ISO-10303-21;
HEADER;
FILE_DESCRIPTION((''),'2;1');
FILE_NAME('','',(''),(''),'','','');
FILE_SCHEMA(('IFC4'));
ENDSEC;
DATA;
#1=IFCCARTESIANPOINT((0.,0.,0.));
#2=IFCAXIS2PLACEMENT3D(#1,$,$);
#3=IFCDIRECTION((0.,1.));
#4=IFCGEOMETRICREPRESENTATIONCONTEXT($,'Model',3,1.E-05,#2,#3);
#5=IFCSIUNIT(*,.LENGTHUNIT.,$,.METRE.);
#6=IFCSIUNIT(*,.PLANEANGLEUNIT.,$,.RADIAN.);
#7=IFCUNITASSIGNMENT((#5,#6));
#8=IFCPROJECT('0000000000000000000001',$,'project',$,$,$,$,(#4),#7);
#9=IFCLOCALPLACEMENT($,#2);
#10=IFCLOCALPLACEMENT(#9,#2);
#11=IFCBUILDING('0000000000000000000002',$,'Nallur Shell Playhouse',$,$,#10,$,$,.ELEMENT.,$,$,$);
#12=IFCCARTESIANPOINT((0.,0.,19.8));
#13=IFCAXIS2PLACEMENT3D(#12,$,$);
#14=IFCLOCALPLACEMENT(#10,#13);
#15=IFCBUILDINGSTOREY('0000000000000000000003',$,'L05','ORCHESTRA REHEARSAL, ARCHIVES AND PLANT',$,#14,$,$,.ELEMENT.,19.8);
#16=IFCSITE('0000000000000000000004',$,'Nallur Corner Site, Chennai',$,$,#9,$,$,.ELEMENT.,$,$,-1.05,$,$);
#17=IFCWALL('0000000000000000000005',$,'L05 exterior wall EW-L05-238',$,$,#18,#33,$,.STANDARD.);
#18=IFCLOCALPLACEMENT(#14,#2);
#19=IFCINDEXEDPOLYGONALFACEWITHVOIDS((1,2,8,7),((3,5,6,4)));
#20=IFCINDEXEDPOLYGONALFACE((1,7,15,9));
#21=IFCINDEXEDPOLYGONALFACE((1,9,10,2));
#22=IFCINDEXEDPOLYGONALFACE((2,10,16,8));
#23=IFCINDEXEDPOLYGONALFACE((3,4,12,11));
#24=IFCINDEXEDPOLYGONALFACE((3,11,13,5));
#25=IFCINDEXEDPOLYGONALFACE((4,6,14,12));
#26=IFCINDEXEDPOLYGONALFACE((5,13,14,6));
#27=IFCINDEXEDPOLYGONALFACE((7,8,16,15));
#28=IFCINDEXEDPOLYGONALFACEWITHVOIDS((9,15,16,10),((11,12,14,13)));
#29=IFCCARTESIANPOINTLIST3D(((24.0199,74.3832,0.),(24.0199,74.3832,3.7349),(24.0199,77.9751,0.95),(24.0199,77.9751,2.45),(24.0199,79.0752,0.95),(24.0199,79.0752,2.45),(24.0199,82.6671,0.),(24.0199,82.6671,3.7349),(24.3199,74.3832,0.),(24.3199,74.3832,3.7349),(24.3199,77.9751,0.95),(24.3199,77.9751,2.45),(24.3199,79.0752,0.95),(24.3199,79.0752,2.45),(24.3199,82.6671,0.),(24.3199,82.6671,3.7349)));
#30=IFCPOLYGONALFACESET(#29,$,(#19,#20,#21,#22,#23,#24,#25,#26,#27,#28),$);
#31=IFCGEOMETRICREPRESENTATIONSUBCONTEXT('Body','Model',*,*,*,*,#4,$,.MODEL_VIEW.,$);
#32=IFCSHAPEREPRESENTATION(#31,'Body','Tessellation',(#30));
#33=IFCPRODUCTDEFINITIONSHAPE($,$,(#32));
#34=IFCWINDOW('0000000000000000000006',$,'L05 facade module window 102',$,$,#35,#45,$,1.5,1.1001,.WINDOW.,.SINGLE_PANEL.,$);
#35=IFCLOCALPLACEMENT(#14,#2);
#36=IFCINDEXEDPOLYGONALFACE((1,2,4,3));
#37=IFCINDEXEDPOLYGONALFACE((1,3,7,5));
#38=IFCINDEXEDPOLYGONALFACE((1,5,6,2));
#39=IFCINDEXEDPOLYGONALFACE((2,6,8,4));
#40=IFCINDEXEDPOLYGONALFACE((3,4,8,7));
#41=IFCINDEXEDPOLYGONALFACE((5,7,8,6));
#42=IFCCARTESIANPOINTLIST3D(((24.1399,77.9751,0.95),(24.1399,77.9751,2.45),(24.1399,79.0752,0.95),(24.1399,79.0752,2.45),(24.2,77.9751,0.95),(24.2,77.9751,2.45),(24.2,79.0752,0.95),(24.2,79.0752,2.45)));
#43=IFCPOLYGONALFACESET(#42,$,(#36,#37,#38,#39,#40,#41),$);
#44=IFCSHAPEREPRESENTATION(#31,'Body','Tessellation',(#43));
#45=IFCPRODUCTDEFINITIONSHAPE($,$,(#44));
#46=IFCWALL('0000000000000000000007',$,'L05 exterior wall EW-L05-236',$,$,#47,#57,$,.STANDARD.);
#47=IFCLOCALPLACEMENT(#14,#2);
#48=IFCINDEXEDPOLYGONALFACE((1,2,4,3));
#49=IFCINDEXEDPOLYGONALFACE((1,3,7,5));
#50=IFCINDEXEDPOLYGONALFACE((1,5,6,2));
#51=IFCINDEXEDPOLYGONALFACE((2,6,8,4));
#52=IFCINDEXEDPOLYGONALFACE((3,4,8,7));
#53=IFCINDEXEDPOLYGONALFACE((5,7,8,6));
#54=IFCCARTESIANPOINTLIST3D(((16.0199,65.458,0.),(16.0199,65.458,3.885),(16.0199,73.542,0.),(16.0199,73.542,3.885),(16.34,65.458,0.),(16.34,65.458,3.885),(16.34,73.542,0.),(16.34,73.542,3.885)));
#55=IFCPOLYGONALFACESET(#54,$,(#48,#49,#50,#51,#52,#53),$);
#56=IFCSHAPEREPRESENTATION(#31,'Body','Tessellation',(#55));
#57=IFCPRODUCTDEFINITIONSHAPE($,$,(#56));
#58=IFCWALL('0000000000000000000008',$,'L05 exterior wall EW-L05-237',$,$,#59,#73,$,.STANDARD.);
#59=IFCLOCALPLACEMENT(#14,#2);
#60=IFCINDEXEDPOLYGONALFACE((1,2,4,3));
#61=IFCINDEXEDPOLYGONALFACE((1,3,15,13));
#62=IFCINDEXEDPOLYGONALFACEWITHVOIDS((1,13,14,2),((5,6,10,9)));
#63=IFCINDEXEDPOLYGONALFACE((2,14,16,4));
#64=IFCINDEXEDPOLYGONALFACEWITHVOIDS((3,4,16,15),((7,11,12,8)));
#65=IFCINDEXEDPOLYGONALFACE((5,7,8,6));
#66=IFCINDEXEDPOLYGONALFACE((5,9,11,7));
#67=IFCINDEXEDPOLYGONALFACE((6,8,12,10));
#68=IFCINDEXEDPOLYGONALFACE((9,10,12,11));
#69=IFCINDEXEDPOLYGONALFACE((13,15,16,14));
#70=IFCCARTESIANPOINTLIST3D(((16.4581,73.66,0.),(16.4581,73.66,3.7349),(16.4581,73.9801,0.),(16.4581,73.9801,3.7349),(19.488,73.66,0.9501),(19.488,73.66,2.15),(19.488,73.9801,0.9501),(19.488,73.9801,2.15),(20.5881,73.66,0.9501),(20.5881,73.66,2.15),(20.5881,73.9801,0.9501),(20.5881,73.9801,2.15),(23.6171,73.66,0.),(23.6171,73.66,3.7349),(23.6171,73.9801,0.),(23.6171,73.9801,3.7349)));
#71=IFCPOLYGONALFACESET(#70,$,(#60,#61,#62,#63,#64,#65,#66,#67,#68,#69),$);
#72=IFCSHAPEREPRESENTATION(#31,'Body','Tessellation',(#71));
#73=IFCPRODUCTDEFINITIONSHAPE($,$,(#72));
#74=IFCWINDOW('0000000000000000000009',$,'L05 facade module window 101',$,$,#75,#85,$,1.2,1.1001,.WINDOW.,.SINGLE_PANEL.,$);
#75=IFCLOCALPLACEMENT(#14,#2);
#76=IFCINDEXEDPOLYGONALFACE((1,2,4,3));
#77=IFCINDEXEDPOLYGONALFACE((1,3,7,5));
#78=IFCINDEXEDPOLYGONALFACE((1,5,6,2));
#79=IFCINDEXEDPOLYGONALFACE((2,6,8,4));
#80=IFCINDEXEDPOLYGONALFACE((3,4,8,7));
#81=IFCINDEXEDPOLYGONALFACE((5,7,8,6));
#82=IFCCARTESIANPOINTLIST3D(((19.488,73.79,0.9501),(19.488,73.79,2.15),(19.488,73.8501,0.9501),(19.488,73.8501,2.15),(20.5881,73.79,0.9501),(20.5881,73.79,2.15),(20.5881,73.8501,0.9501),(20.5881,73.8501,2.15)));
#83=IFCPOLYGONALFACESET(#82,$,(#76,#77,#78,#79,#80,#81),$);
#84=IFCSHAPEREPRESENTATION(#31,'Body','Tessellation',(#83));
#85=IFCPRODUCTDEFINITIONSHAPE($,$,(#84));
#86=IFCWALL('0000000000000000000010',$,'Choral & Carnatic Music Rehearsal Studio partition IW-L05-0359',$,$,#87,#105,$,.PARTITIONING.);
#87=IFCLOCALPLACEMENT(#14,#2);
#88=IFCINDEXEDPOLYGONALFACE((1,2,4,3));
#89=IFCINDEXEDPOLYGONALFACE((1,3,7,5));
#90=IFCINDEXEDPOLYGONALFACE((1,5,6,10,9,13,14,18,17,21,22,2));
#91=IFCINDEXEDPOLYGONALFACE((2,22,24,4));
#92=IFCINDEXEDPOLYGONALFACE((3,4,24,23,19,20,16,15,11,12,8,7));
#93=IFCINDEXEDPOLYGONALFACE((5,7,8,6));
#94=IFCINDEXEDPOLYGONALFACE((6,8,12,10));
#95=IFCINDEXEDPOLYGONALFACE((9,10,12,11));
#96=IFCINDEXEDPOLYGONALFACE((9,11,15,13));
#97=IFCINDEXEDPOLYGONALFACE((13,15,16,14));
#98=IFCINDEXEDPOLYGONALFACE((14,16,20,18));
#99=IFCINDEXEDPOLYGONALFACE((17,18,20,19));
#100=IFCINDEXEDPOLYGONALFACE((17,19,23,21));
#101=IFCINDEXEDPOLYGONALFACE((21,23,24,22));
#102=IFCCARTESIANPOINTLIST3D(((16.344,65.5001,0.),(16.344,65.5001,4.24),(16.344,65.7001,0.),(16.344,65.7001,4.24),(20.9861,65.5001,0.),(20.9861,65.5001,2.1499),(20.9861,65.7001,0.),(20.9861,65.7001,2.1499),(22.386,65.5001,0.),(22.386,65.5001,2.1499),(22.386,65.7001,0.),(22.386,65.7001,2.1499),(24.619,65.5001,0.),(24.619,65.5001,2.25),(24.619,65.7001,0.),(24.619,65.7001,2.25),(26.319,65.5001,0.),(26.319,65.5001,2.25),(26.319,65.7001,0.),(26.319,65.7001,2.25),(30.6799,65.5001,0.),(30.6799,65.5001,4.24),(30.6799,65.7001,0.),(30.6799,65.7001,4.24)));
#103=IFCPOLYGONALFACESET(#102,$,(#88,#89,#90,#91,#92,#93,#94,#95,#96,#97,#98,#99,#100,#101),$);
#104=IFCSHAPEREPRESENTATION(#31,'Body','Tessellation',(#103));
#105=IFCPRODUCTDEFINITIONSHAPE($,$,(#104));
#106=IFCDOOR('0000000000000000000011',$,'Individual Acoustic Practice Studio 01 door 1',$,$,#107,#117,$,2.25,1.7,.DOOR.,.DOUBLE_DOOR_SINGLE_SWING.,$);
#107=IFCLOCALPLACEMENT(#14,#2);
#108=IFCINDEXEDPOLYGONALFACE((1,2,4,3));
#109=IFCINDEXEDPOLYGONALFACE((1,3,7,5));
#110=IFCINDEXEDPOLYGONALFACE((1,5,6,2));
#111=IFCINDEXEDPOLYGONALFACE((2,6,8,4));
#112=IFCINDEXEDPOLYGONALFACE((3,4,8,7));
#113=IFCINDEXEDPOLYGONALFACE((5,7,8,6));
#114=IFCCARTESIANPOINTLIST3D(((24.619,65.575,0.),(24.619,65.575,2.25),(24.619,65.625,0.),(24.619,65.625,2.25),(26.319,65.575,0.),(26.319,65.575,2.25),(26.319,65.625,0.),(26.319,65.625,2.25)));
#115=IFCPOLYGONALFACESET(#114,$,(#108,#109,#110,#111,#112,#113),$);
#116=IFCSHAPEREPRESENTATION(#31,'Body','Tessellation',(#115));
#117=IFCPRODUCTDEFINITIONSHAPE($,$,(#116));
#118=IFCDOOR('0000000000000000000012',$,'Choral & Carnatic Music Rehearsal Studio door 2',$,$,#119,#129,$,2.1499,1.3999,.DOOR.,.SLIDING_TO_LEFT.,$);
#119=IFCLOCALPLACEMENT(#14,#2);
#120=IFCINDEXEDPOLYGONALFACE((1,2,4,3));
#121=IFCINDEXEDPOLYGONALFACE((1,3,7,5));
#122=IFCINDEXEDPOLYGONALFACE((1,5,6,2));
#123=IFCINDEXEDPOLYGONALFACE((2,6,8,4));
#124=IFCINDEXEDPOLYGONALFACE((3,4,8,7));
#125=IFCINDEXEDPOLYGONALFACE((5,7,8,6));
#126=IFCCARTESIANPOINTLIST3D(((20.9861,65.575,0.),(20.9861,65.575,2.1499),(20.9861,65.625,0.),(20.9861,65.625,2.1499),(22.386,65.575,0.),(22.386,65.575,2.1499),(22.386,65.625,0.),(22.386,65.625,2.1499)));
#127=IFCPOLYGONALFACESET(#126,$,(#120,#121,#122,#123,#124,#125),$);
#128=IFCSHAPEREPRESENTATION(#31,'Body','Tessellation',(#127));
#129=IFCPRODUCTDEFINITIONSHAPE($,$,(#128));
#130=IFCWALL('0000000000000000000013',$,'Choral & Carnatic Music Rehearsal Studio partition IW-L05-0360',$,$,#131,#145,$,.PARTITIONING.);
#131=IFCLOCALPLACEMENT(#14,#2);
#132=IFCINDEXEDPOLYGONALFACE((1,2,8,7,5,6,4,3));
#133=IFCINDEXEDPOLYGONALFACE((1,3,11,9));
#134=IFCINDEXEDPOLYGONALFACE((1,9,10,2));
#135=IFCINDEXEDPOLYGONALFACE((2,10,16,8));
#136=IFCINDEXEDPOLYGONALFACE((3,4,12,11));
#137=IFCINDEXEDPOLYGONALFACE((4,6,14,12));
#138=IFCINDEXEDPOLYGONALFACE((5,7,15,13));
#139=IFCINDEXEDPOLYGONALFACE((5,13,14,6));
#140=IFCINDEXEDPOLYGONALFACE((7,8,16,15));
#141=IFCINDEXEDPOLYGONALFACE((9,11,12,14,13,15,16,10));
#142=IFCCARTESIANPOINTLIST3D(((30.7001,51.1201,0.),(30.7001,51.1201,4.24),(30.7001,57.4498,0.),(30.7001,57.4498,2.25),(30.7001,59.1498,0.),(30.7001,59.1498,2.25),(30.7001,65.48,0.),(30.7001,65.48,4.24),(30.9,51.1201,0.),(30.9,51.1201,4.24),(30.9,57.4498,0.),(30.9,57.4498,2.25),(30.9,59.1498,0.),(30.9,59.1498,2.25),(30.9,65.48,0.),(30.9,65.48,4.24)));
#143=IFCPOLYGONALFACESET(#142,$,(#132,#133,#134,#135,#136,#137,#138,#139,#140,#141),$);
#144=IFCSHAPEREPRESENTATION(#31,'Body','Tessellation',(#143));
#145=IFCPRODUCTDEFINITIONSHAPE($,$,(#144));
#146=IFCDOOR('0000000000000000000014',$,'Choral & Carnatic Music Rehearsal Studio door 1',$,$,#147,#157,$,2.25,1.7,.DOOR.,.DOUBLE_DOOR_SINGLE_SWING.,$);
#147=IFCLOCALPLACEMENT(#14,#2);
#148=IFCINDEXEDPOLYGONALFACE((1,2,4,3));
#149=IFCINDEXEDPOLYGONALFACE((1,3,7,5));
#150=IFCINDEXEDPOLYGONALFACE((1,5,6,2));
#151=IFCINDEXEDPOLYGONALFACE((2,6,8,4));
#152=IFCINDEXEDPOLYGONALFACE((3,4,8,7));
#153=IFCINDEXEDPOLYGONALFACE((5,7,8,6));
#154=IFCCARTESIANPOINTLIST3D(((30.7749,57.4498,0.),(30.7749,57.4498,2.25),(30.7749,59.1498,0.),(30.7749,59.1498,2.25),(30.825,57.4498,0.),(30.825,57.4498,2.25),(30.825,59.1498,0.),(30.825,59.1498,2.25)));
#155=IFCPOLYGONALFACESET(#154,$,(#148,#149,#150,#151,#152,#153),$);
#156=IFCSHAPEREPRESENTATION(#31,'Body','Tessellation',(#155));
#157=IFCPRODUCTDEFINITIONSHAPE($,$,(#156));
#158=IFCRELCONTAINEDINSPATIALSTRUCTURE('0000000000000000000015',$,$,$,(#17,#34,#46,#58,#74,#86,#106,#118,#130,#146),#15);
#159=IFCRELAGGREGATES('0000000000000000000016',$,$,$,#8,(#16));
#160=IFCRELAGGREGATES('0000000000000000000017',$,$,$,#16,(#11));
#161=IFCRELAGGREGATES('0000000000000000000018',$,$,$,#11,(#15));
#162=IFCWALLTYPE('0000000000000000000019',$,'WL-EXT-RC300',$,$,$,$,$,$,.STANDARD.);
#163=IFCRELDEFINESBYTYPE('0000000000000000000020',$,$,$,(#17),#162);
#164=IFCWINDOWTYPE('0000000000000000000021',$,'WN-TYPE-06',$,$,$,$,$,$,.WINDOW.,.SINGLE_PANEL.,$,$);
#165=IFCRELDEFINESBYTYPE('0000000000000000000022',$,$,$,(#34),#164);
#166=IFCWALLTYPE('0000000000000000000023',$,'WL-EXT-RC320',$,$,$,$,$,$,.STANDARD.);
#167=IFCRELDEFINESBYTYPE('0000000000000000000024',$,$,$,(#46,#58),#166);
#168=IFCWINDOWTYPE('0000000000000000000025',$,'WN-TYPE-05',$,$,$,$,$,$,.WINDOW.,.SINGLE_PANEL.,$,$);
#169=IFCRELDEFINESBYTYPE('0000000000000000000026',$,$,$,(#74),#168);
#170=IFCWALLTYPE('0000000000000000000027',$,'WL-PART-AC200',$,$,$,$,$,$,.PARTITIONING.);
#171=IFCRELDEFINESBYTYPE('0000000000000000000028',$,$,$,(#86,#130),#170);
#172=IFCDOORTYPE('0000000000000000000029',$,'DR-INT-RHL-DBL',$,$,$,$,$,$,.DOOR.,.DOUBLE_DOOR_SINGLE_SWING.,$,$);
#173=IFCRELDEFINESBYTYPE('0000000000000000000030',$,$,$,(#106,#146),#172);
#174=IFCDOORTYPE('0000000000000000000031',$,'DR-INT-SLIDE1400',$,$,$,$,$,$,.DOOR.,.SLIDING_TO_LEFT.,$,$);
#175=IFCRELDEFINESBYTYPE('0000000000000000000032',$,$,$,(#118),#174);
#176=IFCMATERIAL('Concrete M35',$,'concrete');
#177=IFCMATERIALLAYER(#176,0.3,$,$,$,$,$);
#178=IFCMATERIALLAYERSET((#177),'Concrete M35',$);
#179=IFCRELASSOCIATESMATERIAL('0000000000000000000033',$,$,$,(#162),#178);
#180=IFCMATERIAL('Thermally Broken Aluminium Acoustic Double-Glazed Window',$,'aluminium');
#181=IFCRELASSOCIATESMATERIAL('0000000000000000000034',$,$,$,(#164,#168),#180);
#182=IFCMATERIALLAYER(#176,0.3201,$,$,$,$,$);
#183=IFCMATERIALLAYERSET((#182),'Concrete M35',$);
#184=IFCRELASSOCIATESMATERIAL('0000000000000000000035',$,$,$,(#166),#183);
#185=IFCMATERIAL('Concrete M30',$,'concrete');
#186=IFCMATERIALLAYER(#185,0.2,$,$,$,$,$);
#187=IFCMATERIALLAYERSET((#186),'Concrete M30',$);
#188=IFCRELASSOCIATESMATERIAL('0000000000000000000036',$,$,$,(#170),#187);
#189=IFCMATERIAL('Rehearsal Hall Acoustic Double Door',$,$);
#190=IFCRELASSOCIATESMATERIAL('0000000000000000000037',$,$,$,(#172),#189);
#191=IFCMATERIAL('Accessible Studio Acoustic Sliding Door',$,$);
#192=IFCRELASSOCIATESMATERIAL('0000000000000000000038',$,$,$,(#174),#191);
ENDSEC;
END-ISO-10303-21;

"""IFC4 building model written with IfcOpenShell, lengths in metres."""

from ifc_helpers import new_model, si_unit, direction, frame, frame_2d, origin, place, context, subcontext, project, spatial, rectangle, extrude, material, layer, layer_set, type_object, element, fill, save


model = new_model("IFC4")

# Units and contexts
model_context = context("Model", 3, precision=1e-05, world=origin(), true_north=direction((0.0, 1.0)))
body_context = subcontext(model_context, "Body", "Model", "MODEL_VIEW")
ifc_project = project(units=[si_unit("LENGTHUNIT", "METRE"), si_unit("PLANEANGLEUNIT", "RADIAN")], contexts=[model_context])

# Site, building, storey
site_placement = place(None, origin())
site = spatial("IfcSite", under=ifc_project, at=site_placement, Name="Nallur Corner Site, Chennai", CompositionType="ELEMENT", RefElevation=-1.05)
building_placement = place(site_placement, origin())
building = spatial("IfcBuilding", under=site, at=building_placement, Name="Nallur Shell Playhouse", CompositionType="ELEMENT")
storey_placement = place(building_placement, frame((0.0, 0.0, 19.8)))
storey = spatial("IfcBuildingStorey", under=building, at=storey_placement, Name="L05", Description="ORCHESTRA REHEARSAL, ARCHIVES AND PLANT", CompositionType="ELEMENT", Elevation=19.8)

# Wall, opening, window
ifc_material_1 = material(Name="Concrete M35", Category="concrete")
ifc_layer_1 = layer(ifc_material_1, 0.3)
ifc_layer_set_1 = layer_set([ifc_layer_1], Name="Concrete M35")
wall_type_1 = type_object("IfcWallType", Name="WL-EXT-RC300", PredefinedType="STANDARD", material=ifc_layer_set_1)
wall_1_placement = place(storey_placement, frame((24.1699, 74.3831, 0.0), z_axis=(0.0, 0.0, 1.0), x_axis=(0.0, 1.0, 0.0)))
wall_1 = element("IfcWall", 1, at=wall_1_placement, inside=storey, type_object=wall_type_1, Name="L05 exterior wall EW-L05-238", PredefinedType="STANDARD", context=body_context, shape_type="SweptSolid", body=[
    extrude(rectangle(XDim=8.2839, YDim=0.3, at=frame_2d((4.1421, 0.0))), origin(), (0.0, 0.0, 1.0), 3.7349),
])
opening_1_placement = place(wall_1_placement, frame((3.592, 0.0, 0.95)))
opening_1 = element("IfcOpeningElement", 2, at=opening_1_placement, cuts=wall_1, PredefinedType="OPENING", context=body_context, shape_type="SweptSolid", body=[
    extrude(rectangle(XDim=1.1001, YDim=1.5, at=frame_2d((0.55, 0.75))), frame((0.0, 0.1602, 0.0), z_axis=(0.0, -1.0, 0.0), x_axis=(1.0, 0.0, 0.0)), (0.0, 0.0, 1.0), 0.3201),
])
ifc_material_2 = material(Name="Thermally Broken Aluminium Acoustic Double-Glazed Window", Category="aluminium")
window_type_1 = type_object("IfcWindowType", Name="WN-TYPE-06", PartitioningType="SINGLE_PANEL", PredefinedType="WINDOW", material=ifc_material_2)
window_1_placement = place(opening_1_placement, origin())
window_1 = element("IfcWindow", 3, at=window_1_placement, inside=storey, type_object=window_type_1, Name="L05 facade module window 102", OverallHeight=1.5, OverallWidth=1.1001, PartitioningType="SINGLE_PANEL", PredefinedType="WINDOW", context=body_context, shape_type="SweptSolid", body=[
    extrude(rectangle(XDim=1.1001, YDim=1.5, at=frame_2d((0.55, 0.75))), frame((0.0, 0.03, 0.0), z_axis=(0.0, -1.0, 0.0), x_axis=(1.0, 0.0, 0.0)), (0.0, 0.0, 1.0), 0.0601),
])
fill(opening_1, window_1)

# Wall
ifc_layer_2 = layer(ifc_material_1, 0.3201)
ifc_layer_set_2 = layer_set([ifc_layer_2], Name="Concrete M35")
wall_type_2 = type_object("IfcWallType", Name="WL-EXT-RC320", PredefinedType="STANDARD", material=ifc_layer_set_2)
wall_2_placement = place(storey_placement, frame((16.1799, 65.458, 0.0), z_axis=(0.0, 0.0, 1.0), x_axis=(0.0, 1.0, 0.0)))
element("IfcWall", 4, at=wall_2_placement, inside=storey, type_object=wall_type_2, Name="L05 exterior wall EW-L05-236", PredefinedType="STANDARD", context=body_context, shape_type="SweptSolid", body=[
    extrude(rectangle(XDim=8.084, YDim=0.3201, at=frame_2d((4.042, 0.0))), origin(), (0.0, 0.0, 1.0), 3.885),
])

# Wall, opening, window
wall_3_placement = place(storey_placement, frame((16.458, 73.8201, 0.0), z_axis=(0.0, 0.0, 1.0), x_axis=(1.0, 0.0, 0.0)))
wall_3 = element("IfcWall", 5, at=wall_3_placement, inside=storey, type_object=wall_type_2, Name="L05 exterior wall EW-L05-237", PredefinedType="STANDARD", context=body_context, shape_type="SweptSolid", body=[
    extrude(rectangle(XDim=7.1589, YDim=0.3201, at=frame_2d((3.5796, 0.0))), origin(), (0.0, 0.0, 1.0), 3.7349),
])
opening_2_placement = place(wall_3_placement, frame((3.03, 0.0, 0.95)))
opening_2 = element("IfcOpeningElement", 6, at=opening_2_placement, cuts=wall_3, PredefinedType="OPENING", context=body_context, shape_type="SweptSolid", body=[
    extrude(rectangle(XDim=1.1001, YDim=1.2, at=frame_2d((0.55, 0.6001))), frame((0.0, 0.1699, 0.0), z_axis=(0.0, -1.0, 0.0), x_axis=(1.0, 0.0, 0.0)), (0.0, 0.0, 1.0), 0.3401),
])
window_type_2 = type_object("IfcWindowType", Name="WN-TYPE-05", PartitioningType="SINGLE_PANEL", PredefinedType="WINDOW", material=ifc_material_2)
window_2_placement = place(opening_2_placement, origin())
window_2 = element("IfcWindow", 7, at=window_2_placement, inside=storey, type_object=window_type_2, Name="L05 facade module window 101", OverallHeight=1.2, OverallWidth=1.1001, PartitioningType="SINGLE_PANEL", PredefinedType="WINDOW", context=body_context, shape_type="SweptSolid", body=[
    extrude(rectangle(XDim=1.1001, YDim=1.2, at=frame_2d((0.55, 0.6001))), frame((0.0, 0.03, 0.0), z_axis=(0.0, -1.0, 0.0), x_axis=(1.0, 0.0, 0.0)), (0.0, 0.0, 1.0), 0.0601),
])
fill(opening_2, window_2)

# Wall, openings, doors
ifc_material_3 = material(Name="Concrete M30", Category="concrete")
ifc_layer_3 = layer(ifc_material_3, 0.2)
ifc_layer_set_3 = layer_set([ifc_layer_3], Name="Concrete M30")
wall_type_3 = type_object("IfcWallType", Name="WL-PART-AC200", PredefinedType="PARTITIONING", material=ifc_layer_set_3)
wall_4_placement = place(storey_placement, frame((16.344, 65.6001, 0.0), z_axis=(0.0, 0.0, 1.0), x_axis=(1.0, 0.0, 0.0)))
wall_4 = element("IfcWall", 8, at=wall_4_placement, inside=storey, type_object=wall_type_3, Name="Choral & Carnatic Music Rehearsal Studio partition IW-L05-0359", PredefinedType="PARTITIONING", context=body_context, shape_type="SweptSolid", body=[
    extrude(rectangle(XDim=14.3359, YDim=0.2, at=frame_2d((7.168, 0.0))), origin(), (0.0, 0.0, 1.0), 4.24),
])
opening_3_placement = place(wall_4_placement, frame((4.6421, 0.0, 0.0)))
opening_3 = element("IfcOpeningElement", 9, at=opening_3_placement, cuts=wall_4, PredefinedType="OPENING", context=body_context, shape_type="SweptSolid", body=[
    extrude(rectangle(XDim=1.3999, YDim=2.1499, at=frame_2d((0.7, 1.075))), frame((0.0, 0.1099, 0.0), z_axis=(0.0, -1.0, 0.0), x_axis=(1.0, 0.0, 0.0)), (0.0, 0.0, 1.0), 0.22),
])
opening_4_placement = place(wall_4_placement, frame((8.2749, 0.0, 0.0)))
opening_4 = element("IfcOpeningElement", 10, at=opening_4_placement, cuts=wall_4, PredefinedType="OPENING", context=body_context, shape_type="SweptSolid", body=[
    extrude(rectangle(XDim=1.7, YDim=2.25, at=frame_2d((0.8501, 1.125))), frame((0.0, 0.1099, 0.0), z_axis=(0.0, -1.0, 0.0), x_axis=(1.0, 0.0, 0.0)), (0.0, 0.0, 1.0), 0.22),
])
ifc_material_4 = material(Name="Rehearsal Hall Acoustic Double Door")
door_type_1 = type_object("IfcDoorType", Name="DR-INT-RHL-DBL", OperationType="DOUBLE_DOOR_SINGLE_SWING", PredefinedType="DOOR", material=ifc_material_4)
door_1_placement = place(opening_4_placement, origin())
door_1 = element("IfcDoor", 11, at=door_1_placement, inside=storey, type_object=door_type_1, Name="Individual Acoustic Practice Studio 01 door 1", OperationType="DOUBLE_DOOR_SINGLE_SWING", OverallHeight=2.25, OverallWidth=1.7, PredefinedType="DOOR", context=body_context, shape_type="SweptSolid", body=[
    extrude(rectangle(XDim=1.7, YDim=2.25, at=frame_2d((0.8501, 1.125))), frame((0.0, 0.0249, 0.0), z_axis=(0.0, -1.0, 0.0), x_axis=(1.0, 0.0, 0.0)), (0.0, 0.0, 1.0), 0.05),
])
fill(opening_4, door_1)
ifc_material_5 = material(Name="Accessible Studio Acoustic Sliding Door")
door_type_2 = type_object("IfcDoorType", Name="DR-INT-SLIDE1400", OperationType="SLIDING_TO_LEFT", PredefinedType="DOOR", material=ifc_material_5)
door_2_placement = place(opening_3_placement, origin())
door_2 = element("IfcDoor", 12, at=door_2_placement, inside=storey, type_object=door_type_2, Name="Choral & Carnatic Music Rehearsal Studio door 2", OperationType="SLIDING_TO_LEFT", OverallHeight=2.1499, OverallWidth=1.3999, PredefinedType="DOOR", context=body_context, shape_type="SweptSolid", body=[
    extrude(rectangle(XDim=1.3999, YDim=2.1499, at=frame_2d((0.7, 1.075))), frame((0.0, 0.0249, 0.0), z_axis=(0.0, -1.0, 0.0), x_axis=(1.0, 0.0, 0.0)), (0.0, 0.0, 1.0), 0.05),
])
fill(opening_3, door_2)

# Wall, opening, door
wall_5_placement = place(storey_placement, frame((30.8, 65.48, 0.0), z_axis=(0.0, 0.0, 1.0), x_axis=(0.0, -1.0, 0.0)))
wall_5 = element("IfcWall", 13, at=wall_5_placement, inside=storey, type_object=wall_type_3, Name="Choral & Carnatic Music Rehearsal Studio partition IW-L05-0360", PredefinedType="PARTITIONING", context=body_context, shape_type="SweptSolid", body=[
    extrude(rectangle(XDim=14.3599, YDim=0.2, at=frame_2d((7.1799, 0.0))), origin(), (0.0, 0.0, 1.0), 4.24),
])
opening_5_placement = place(wall_5_placement, frame((6.3301, 0.0, 0.0)))
opening_5 = element("IfcOpeningElement", 14, at=opening_5_placement, cuts=wall_5, PredefinedType="OPENING", context=body_context, shape_type="SweptSolid", body=[
    extrude(rectangle(XDim=1.7, YDim=2.25, at=frame_2d((0.8501, 1.125))), frame((0.0, 0.1099, 0.0), z_axis=(0.0, -1.0, 0.0), x_axis=(1.0, 0.0, 0.0)), (0.0, 0.0, 1.0), 0.22),
])
door_3_placement = place(opening_5_placement, origin())
door_3 = element("IfcDoor", 15, at=door_3_placement, inside=storey, type_object=door_type_1, Name="Choral & Carnatic Music Rehearsal Studio door 1", OperationType="DOUBLE_DOOR_SINGLE_SWING", OverallHeight=2.25, OverallWidth=1.7, PredefinedType="DOOR", context=body_context, shape_type="SweptSolid", body=[
    extrude(rectangle(XDim=1.7, YDim=2.25, at=frame_2d((0.8501, 1.125))), frame((0.0, 0.0249, 0.0), z_axis=(0.0, -1.0, 0.0), x_axis=(1.0, 0.0, 0.0)), (0.0, 0.0, 1.0), 0.05),
])
fill(opening_5, door_3)

save(model, "model.ifc")
